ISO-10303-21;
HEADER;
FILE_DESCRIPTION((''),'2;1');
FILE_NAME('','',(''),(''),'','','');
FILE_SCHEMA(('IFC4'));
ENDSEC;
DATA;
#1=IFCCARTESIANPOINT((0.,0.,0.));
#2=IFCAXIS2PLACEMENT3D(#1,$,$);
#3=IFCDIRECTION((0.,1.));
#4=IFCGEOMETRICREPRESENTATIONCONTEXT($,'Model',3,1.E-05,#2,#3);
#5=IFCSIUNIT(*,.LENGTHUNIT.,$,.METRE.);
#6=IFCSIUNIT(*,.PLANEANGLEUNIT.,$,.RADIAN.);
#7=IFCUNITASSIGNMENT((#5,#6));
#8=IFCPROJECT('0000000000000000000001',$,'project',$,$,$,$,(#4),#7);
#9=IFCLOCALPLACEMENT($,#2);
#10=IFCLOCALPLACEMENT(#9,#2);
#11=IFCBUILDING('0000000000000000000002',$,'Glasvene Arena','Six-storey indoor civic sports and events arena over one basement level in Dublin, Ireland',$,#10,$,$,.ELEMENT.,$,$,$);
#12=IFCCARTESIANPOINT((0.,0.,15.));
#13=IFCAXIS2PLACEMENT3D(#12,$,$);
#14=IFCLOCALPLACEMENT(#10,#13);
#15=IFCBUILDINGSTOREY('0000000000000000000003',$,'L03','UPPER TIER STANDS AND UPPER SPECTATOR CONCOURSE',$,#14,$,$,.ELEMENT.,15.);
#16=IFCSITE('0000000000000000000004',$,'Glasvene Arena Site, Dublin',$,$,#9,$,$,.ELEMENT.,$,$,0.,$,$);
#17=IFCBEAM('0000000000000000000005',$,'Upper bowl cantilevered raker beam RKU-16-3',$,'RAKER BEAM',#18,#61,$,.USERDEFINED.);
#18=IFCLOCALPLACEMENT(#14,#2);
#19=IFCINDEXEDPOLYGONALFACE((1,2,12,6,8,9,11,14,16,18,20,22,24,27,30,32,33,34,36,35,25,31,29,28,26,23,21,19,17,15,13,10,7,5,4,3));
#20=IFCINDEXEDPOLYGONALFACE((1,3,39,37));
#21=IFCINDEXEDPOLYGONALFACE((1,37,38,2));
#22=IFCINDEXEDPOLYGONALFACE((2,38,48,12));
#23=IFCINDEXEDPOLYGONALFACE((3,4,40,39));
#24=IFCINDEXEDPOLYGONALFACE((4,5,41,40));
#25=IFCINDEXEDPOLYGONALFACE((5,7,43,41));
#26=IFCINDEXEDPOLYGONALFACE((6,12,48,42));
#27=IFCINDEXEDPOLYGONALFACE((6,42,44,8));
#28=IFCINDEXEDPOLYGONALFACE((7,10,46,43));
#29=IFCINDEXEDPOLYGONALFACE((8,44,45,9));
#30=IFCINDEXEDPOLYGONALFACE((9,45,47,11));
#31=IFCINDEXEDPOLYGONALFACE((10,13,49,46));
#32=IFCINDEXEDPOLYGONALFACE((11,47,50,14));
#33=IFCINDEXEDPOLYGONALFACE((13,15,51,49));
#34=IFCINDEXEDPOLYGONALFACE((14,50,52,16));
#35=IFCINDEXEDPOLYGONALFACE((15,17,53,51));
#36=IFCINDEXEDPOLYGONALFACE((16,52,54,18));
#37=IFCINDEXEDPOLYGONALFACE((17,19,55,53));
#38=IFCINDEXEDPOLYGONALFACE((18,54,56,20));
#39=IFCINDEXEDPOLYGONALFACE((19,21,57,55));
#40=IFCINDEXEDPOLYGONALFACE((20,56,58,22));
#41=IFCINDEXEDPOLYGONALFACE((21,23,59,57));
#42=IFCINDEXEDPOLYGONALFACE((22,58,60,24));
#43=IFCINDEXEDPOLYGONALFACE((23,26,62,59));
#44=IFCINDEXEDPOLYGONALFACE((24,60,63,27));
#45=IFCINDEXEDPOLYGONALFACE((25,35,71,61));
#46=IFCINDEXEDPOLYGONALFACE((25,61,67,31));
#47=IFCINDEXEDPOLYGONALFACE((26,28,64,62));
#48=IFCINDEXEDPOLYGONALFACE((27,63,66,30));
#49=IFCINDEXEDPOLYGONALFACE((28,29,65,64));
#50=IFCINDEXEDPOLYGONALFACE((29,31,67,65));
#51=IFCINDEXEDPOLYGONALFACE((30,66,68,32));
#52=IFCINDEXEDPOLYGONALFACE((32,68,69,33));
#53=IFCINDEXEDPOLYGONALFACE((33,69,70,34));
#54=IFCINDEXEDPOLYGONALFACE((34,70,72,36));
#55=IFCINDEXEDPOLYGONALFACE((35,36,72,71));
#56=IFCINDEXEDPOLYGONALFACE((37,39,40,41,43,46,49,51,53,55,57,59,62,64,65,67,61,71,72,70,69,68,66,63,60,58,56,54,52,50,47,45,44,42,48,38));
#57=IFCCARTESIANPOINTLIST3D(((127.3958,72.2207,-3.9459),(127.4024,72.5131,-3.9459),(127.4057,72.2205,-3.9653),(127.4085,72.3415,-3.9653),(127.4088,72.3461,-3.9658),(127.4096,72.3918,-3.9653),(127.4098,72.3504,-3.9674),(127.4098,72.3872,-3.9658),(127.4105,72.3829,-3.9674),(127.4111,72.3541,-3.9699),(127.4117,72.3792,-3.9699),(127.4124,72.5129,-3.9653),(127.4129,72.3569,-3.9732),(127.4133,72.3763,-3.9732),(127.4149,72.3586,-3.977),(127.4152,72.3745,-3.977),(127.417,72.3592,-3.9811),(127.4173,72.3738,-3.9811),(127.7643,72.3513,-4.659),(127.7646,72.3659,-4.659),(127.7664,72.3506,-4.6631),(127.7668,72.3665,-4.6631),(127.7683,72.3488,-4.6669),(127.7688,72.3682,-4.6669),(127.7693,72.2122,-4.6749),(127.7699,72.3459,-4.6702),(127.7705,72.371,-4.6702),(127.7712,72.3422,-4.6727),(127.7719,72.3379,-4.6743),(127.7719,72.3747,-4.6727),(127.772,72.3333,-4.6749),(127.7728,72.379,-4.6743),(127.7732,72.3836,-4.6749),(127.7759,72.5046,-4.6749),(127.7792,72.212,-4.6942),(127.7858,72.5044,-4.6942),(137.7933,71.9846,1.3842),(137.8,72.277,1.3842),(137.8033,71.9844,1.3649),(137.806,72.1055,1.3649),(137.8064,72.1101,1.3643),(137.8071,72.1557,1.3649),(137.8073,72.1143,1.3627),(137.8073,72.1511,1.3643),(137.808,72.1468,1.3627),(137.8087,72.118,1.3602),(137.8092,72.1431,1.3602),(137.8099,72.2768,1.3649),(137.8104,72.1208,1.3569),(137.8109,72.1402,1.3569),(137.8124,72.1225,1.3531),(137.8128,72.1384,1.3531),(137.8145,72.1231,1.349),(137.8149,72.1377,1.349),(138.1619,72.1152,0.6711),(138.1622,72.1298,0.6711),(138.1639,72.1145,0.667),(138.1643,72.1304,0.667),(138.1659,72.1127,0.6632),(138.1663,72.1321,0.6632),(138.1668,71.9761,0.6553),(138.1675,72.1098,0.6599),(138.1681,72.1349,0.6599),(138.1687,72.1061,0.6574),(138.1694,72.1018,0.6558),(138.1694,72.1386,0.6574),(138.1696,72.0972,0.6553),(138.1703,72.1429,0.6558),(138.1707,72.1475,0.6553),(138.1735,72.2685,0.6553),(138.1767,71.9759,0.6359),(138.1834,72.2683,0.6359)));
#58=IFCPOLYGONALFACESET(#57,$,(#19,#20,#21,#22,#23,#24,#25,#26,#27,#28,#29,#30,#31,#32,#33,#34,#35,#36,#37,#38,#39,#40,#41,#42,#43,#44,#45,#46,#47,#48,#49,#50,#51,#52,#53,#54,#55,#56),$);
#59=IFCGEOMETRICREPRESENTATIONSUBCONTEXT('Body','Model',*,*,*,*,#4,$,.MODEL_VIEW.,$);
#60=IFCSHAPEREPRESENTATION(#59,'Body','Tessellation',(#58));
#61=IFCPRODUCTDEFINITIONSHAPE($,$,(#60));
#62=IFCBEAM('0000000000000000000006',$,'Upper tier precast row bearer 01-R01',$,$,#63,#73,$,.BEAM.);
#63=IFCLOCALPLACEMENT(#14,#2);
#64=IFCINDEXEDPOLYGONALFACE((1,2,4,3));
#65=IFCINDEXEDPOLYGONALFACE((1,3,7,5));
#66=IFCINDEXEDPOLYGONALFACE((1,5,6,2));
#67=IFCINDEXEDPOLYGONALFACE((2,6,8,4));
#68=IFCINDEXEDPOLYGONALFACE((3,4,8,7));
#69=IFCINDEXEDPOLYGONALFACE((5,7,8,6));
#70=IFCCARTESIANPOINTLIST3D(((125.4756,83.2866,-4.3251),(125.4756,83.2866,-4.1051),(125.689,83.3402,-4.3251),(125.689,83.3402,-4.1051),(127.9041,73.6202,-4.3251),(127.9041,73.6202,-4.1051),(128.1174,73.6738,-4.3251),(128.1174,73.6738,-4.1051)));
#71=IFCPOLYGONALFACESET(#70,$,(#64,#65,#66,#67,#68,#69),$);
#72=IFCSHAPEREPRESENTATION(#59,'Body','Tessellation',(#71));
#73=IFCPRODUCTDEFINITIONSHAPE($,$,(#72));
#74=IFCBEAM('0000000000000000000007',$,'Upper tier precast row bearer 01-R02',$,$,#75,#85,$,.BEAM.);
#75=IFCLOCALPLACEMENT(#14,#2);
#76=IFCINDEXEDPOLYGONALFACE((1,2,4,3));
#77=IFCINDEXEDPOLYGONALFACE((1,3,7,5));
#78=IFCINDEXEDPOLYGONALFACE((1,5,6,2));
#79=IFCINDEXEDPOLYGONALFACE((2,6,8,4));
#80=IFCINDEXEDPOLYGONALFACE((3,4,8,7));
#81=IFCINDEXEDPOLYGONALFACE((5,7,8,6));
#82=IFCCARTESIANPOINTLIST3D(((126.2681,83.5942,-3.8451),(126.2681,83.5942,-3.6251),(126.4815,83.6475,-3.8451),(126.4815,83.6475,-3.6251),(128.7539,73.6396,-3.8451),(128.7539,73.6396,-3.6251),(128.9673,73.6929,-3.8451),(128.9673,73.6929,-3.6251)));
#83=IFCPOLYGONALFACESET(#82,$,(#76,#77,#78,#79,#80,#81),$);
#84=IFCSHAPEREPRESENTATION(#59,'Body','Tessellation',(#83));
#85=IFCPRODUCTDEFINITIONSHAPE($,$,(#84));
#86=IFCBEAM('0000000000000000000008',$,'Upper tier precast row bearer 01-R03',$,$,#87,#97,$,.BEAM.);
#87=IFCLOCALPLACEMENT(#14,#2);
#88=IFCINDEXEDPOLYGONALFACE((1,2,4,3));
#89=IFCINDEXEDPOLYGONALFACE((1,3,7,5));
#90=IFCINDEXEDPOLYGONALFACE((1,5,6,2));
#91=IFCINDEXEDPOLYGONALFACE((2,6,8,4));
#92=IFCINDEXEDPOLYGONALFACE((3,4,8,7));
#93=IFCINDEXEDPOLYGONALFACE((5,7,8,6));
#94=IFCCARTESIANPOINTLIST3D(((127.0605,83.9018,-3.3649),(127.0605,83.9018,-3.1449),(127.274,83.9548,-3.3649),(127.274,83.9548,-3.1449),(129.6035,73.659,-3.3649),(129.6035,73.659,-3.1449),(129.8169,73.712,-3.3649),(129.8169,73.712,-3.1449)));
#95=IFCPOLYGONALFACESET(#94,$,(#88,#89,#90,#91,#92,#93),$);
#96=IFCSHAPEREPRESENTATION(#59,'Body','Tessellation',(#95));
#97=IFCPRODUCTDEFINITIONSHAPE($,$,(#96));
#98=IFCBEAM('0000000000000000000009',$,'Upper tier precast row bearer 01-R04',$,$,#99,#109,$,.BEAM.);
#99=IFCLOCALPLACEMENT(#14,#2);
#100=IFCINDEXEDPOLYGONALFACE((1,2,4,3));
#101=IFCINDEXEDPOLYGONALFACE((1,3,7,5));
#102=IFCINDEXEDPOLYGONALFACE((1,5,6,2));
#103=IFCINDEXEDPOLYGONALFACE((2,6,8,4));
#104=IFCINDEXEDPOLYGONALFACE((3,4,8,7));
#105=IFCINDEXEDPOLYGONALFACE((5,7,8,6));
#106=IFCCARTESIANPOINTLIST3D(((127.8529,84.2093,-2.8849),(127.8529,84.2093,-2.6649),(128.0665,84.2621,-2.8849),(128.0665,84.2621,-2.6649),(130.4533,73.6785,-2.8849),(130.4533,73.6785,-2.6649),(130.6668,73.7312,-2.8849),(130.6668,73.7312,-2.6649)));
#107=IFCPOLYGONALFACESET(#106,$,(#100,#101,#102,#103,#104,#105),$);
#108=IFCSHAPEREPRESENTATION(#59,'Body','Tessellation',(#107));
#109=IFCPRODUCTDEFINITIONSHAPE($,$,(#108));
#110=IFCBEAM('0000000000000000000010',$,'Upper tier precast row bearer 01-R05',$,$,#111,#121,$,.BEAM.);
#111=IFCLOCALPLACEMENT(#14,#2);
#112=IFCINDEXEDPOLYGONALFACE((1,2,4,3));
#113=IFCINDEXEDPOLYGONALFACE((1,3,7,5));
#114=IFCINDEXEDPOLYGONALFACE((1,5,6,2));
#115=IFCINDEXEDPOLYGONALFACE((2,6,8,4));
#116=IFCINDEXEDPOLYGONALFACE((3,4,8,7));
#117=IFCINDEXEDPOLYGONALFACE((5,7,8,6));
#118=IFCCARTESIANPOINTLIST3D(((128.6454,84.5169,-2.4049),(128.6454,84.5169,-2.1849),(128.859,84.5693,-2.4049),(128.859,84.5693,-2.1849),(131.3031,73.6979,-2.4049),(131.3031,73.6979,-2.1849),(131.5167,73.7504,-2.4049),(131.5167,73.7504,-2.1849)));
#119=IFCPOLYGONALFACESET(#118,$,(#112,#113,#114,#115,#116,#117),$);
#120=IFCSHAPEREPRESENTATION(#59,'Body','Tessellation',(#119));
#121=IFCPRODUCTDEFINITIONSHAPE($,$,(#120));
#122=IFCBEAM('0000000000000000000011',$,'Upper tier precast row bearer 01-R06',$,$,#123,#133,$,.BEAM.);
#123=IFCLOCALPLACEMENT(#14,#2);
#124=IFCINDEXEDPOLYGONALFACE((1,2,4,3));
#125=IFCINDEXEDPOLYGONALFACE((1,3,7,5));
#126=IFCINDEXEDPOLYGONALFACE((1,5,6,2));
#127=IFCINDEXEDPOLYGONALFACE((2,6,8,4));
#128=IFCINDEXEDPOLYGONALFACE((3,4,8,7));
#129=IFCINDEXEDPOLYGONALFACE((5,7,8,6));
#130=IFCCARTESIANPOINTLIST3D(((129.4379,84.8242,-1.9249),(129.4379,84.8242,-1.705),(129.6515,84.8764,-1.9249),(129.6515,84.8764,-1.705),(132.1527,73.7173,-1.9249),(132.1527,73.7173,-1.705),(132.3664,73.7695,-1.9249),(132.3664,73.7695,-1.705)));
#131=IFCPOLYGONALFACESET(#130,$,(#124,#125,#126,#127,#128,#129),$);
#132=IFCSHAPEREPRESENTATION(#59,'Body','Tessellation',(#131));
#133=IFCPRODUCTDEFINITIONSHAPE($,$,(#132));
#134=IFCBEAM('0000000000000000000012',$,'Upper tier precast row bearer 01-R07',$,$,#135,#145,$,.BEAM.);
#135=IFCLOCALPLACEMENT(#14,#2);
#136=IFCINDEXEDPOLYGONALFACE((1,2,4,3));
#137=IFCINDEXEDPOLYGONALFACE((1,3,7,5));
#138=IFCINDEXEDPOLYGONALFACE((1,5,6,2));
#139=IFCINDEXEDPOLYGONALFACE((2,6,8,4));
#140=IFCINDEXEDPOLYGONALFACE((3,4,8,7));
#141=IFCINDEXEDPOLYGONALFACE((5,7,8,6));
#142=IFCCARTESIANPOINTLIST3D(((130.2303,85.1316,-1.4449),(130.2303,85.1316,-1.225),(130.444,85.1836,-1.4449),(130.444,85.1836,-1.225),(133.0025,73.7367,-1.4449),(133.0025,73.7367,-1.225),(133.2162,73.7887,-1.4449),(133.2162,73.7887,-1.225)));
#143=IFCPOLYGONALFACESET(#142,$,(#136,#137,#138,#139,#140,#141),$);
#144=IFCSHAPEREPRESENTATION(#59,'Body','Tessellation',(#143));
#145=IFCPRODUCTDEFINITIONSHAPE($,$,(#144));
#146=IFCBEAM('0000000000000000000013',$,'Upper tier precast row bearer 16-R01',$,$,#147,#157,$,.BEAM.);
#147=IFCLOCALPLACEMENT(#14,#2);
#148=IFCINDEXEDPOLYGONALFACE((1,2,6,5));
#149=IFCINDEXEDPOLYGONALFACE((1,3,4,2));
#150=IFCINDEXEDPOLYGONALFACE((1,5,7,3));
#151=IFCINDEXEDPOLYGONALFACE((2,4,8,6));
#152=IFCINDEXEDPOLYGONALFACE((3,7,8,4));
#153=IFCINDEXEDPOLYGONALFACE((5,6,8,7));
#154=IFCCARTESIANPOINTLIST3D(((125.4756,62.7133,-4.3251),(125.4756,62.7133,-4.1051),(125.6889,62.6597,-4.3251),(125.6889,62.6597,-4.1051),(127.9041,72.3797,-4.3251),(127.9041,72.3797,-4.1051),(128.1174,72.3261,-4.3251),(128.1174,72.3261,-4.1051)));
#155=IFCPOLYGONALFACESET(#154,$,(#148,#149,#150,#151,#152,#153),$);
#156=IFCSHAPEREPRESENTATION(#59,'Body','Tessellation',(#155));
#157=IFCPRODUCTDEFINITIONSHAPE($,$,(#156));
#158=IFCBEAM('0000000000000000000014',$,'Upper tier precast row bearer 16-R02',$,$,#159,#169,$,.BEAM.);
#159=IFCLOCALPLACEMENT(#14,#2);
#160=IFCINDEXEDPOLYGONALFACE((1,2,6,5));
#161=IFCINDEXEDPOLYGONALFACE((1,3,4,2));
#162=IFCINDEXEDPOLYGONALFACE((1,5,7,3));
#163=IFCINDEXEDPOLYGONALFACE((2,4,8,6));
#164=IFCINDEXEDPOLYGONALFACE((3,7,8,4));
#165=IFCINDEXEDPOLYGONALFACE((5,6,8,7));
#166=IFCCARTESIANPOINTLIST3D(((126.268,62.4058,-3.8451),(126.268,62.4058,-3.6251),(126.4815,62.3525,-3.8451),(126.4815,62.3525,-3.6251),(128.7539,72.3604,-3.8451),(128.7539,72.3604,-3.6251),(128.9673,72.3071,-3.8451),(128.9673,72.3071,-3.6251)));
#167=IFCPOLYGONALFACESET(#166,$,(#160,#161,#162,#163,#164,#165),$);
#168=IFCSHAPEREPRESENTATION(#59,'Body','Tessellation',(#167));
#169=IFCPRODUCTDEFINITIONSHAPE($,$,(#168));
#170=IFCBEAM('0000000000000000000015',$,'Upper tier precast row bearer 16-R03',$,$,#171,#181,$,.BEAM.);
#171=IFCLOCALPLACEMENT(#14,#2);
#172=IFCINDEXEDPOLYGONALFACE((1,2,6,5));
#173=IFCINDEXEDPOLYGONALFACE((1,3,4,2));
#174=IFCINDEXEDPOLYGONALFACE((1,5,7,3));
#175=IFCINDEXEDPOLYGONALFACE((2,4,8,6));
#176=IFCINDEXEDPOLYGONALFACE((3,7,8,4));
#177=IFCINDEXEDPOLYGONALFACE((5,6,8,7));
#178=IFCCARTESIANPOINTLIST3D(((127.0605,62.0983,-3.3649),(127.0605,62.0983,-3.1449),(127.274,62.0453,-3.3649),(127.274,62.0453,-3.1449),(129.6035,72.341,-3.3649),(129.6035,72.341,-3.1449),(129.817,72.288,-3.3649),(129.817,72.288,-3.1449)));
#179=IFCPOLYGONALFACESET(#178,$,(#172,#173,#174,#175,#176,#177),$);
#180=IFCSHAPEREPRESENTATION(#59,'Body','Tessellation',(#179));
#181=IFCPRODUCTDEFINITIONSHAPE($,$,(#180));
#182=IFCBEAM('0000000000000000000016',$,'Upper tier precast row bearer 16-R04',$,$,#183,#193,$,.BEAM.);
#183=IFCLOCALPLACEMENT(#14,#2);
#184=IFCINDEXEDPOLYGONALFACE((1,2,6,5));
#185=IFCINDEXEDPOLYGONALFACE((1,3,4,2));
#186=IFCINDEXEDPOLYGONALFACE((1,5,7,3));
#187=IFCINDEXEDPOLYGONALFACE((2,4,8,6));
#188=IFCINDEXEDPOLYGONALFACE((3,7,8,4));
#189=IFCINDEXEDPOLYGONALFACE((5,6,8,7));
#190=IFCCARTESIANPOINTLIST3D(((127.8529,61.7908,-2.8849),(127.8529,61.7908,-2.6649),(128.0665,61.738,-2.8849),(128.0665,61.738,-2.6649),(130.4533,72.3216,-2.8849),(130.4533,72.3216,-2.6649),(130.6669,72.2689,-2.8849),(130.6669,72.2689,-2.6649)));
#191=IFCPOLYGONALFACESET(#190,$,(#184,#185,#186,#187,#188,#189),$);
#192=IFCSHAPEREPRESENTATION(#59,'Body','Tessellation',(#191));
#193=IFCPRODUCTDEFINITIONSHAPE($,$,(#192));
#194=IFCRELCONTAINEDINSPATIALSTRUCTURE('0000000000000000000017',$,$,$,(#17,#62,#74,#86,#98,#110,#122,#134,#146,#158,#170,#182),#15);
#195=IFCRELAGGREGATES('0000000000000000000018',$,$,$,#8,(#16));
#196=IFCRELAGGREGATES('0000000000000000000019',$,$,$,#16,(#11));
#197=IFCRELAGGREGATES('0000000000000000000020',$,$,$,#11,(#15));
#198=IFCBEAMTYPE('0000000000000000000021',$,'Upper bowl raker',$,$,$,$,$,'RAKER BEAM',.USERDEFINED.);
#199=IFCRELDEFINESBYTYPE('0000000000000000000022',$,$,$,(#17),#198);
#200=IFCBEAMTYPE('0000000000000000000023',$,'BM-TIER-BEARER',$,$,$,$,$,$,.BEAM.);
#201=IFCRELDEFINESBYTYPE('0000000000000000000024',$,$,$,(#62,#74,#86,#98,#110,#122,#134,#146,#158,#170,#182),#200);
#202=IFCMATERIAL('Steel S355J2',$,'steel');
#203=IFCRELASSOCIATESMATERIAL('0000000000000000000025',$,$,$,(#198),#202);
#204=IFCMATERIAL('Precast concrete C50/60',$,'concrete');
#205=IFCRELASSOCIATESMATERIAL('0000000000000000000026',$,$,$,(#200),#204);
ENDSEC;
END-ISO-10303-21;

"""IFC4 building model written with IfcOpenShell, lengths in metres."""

from ifc_helpers import new_model, si_unit, direction, frame, origin, origin_2d, place, context, subcontext, project, spatial, rectangle, i_section, extrude, material, material_profile, profile_set, type_object, element, save


model = new_model("IFC4")

# Units and contexts
model_context = context("Model", 3, precision=1e-05, world=origin(), true_north=direction((0.0, 1.0)))
body_context = subcontext(model_context, "Body", "Model", "MODEL_VIEW")
ifc_project = project(units=[si_unit("LENGTHUNIT", "METRE"), si_unit("PLANEANGLEUNIT", "RADIAN")], contexts=[model_context])

# Site, building, storey
site_placement = place(None, origin())
site = spatial("IfcSite", under=ifc_project, at=site_placement, Name="Glasvene Arena Site, Dublin", CompositionType="ELEMENT", RefElevation=0.0)
building_placement = place(site_placement, origin())
building = spatial("IfcBuilding", under=site, at=building_placement, Name="Glasvene Arena", Description="Six-storey indoor civic sports and events arena over one basement level in Dublin, Ireland", CompositionType="ELEMENT")
storey_placement = place(building_placement, frame((0.0, 0.0, 15.0)))
storey = spatial("IfcBuildingStorey", under=building, at=storey_placement, Name="L03", Description="UPPER TIER STANDS AND UPPER SPECTATOR CONCOURSE", CompositionType="ELEMENT", Elevation=15.0)

# Beams
ifc_material_1 = material(Name="Steel S355J2", Category="steel")
ifc_material_profile_1 = material_profile(ifc_material_1, i_section(OverallWidth=0.2925, OverallDepth=0.8408, WebThickness=0.0146, FlangeThickness=0.0217, FilletRadius=0.0178, at=origin_2d()), Name="UKB 838x292x194")
ifc_profile_set_1 = profile_set([ifc_material_profile_1], Name="Steel S355J2")
beam_type_1 = type_object("IfcBeamType", Name="Upper bowl raker", ElementType="RAKER BEAM", PredefinedType="USERDEFINED", material=ifc_profile_set_1)
beam_1_placement = place(storey_placement, frame((127.5908, 72.3625, -4.3201), z_axis=(0.889704, -0.020202, 0.456091), x_axis=(0.0227, 0.999742, 0.0)))
element("IfcBeam", 1, at=beam_1_placement, inside=storey, type_object=beam_type_1, Name="Upper bowl cantilevered raker beam RKU-16-3", ObjectType="RAKER BEAM", PredefinedType="USERDEFINED", context=body_context, shape_type="SweptSolid", body=[
    extrude(i_section(OverallWidth=0.2925, OverallDepth=0.8408, WebThickness=0.0146, FlangeThickness=0.0217, FilletRadius=0.0178, at=origin_2d()), origin(), (0.0, 0.0, 1.0), 11.6865),
])
ifc_material_2 = material(Name="Precast concrete C50/60", Category="concrete")
ifc_material_profile_2 = material_profile(ifc_material_2, rectangle(XDim=0.22, YDim=0.22, at=origin_2d()), Name="RC 220x220")
ifc_profile_set_2 = profile_set([ifc_material_profile_2], Name="Precast concrete C50/60")
beam_type_2 = type_object("IfcBeamType", Name="BM-TIER-BEARER", PredefinedType="BEAM", material=ifc_profile_set_2)
beam_2_placement = place(storey_placement, frame((128.0107, 73.647, -4.2151), z_axis=(-0.243654, 0.969862, 0.0), x_axis=(-0.969862, -0.243654, 0.0)))
element("IfcBeam", 2, at=beam_2_placement, inside=storey, type_object=beam_type_2, Name="Upper tier precast row bearer 01-R01", PredefinedType="BEAM", context=body_context, shape_type="SweptSolid", body=[
    extrude(rectangle(XDim=0.22, YDim=0.22, at=origin_2d()), origin(), (0.0, 0.0, 1.0), 9.9668),
])
beam_3_placement = place(storey_placement, frame((128.8606, 73.6663, -3.7351), z_axis=(-0.242278, 0.970207, 0.0), x_axis=(-0.970207, -0.242278, 0.0)))
element("IfcBeam", 3, at=beam_3_placement, inside=storey, type_object=beam_type_2, Name="Upper tier precast row bearer 01-R02", PredefinedType="BEAM", context=body_context, shape_type="SweptSolid", body=[
    extrude(rectangle(XDim=0.22, YDim=0.22, at=origin_2d()), origin(), (0.0, 0.0, 1.0), 10.2603),
])
beam_4_placement = place(storey_placement, frame((129.7102, 73.6855, -3.2549), z_axis=(-0.240957, 0.970536, 0.0), x_axis=(-0.970536, -0.240957, 0.0)))
element("IfcBeam", 4, at=beam_4_placement, inside=storey, type_object=beam_type_2, Name="Upper tier precast row bearer 01-R03", PredefinedType="BEAM", context=body_context, shape_type="SweptSolid", body=[
    extrude(rectangle(XDim=0.22, YDim=0.22, at=origin_2d()), origin(), (0.0, 0.0, 1.0), 10.5537),
])
beam_5_placement = place(storey_placement, frame((130.5601, 73.7048, -2.7749), z_axis=(-0.239728, 0.97084, 0.0), x_axis=(-0.97084, -0.239728, 0.0)))
element("IfcBeam", 5, at=beam_5_placement, inside=storey, type_object=beam_type_2, Name="Upper tier precast row bearer 01-R04", PredefinedType="BEAM", context=body_context, shape_type="SweptSolid", body=[
    extrude(rectangle(XDim=0.22, YDim=0.22, at=origin_2d()), origin(), (0.0, 0.0, 1.0), 10.8472),
])
beam_6_placement = place(storey_placement, frame((131.4099, 73.7241, -2.2949), z_axis=(-0.238558, 0.971128, 0.0), x_axis=(-0.971128, -0.238558, 0.0)))
element("IfcBeam", 6, at=beam_6_placement, inside=storey, type_object=beam_type_2, Name="Upper tier precast row bearer 01-R05", PredefinedType="BEAM", context=body_context, shape_type="SweptSolid", body=[
    extrude(rectangle(XDim=0.22, YDim=0.22, at=origin_2d()), origin(), (0.0, 0.0, 1.0), 11.1406),
])
beam_7_placement = place(storey_placement, frame((132.2595, 73.7434, -1.8149), z_axis=(-0.237438, 0.971403, 0.0), x_axis=(-0.971403, -0.237438, 0.0)))
element("IfcBeam", 7, at=beam_7_placement, inside=storey, type_object=beam_type_2, Name="Upper tier precast row bearer 01-R06", PredefinedType="BEAM", context=body_context, shape_type="SweptSolid", body=[
    extrude(rectangle(XDim=0.22, YDim=0.22, at=origin_2d()), origin(), (0.0, 0.0, 1.0), 11.4338),
])
beam_8_placement = place(storey_placement, frame((133.1094, 73.7627, -1.335), z_axis=(-0.236388, 0.971659, 0.0), x_axis=(-0.971659, -0.236388, 0.0)))
element("IfcBeam", 8, at=beam_8_placement, inside=storey, type_object=beam_type_2, Name="Upper tier precast row bearer 01-R07", PredefinedType="BEAM", context=body_context, shape_type="SweptSolid", body=[
    extrude(rectangle(XDim=0.22, YDim=0.22, at=origin_2d()), origin(), (0.0, 0.0, 1.0), 11.7273),
])
beam_9_placement = place(storey_placement, frame((125.5823, 62.6865, -4.2151), z_axis=(0.243654, 0.969862, 0.0), x_axis=(-0.969862, 0.243654, 0.0)))
element("IfcBeam", 9, at=beam_9_placement, inside=storey, type_object=beam_type_2, Name="Upper tier precast row bearer 16-R01", PredefinedType="BEAM", context=body_context, shape_type="SweptSolid", body=[
    extrude(rectangle(XDim=0.22, YDim=0.22, at=origin_2d()), origin(), (0.0, 0.0, 1.0), 9.9668),
])
beam_10_placement = place(storey_placement, frame((126.3748, 62.3792, -3.7351), z_axis=(0.242278, 0.970207, 0.0), x_axis=(-0.970207, 0.242278, 0.0)))
element("IfcBeam", 10, at=beam_10_placement, inside=storey, type_object=beam_type_2, Name="Upper tier precast row bearer 16-R02", PredefinedType="BEAM", context=body_context, shape_type="SweptSolid", body=[
    extrude(rectangle(XDim=0.22, YDim=0.22, at=origin_2d()), origin(), (0.0, 0.0, 1.0), 10.2603),
])
beam_11_placement = place(storey_placement, frame((127.1672, 62.0718, -3.2549), z_axis=(0.240957, 0.970536, 0.0), x_axis=(-0.970536, 0.240957, 0.0)))
element("IfcBeam", 11, at=beam_11_placement, inside=storey, type_object=beam_type_2, Name="Upper tier precast row bearer 16-R03", PredefinedType="BEAM", context=body_context, shape_type="SweptSolid", body=[
    extrude(rectangle(XDim=0.22, YDim=0.22, at=origin_2d()), origin(), (0.0, 0.0, 1.0), 10.5537),
])
beam_12_placement = place(storey_placement, frame((127.9597, 61.7644, -2.7749), z_axis=(0.239728, 0.97084, 0.0), x_axis=(-0.97084, 0.239728, 0.0)))
element("IfcBeam", 12, at=beam_12_placement, inside=storey, type_object=beam_type_2, Name="Upper tier precast row bearer 16-R04", PredefinedType="BEAM", context=body_context, shape_type="SweptSolid", body=[
    extrude(rectangle(XDim=0.22, YDim=0.22, at=origin_2d()), origin(), (0.0, 0.0, 1.0), 10.8472),
])

save(model, "model.ifc")
